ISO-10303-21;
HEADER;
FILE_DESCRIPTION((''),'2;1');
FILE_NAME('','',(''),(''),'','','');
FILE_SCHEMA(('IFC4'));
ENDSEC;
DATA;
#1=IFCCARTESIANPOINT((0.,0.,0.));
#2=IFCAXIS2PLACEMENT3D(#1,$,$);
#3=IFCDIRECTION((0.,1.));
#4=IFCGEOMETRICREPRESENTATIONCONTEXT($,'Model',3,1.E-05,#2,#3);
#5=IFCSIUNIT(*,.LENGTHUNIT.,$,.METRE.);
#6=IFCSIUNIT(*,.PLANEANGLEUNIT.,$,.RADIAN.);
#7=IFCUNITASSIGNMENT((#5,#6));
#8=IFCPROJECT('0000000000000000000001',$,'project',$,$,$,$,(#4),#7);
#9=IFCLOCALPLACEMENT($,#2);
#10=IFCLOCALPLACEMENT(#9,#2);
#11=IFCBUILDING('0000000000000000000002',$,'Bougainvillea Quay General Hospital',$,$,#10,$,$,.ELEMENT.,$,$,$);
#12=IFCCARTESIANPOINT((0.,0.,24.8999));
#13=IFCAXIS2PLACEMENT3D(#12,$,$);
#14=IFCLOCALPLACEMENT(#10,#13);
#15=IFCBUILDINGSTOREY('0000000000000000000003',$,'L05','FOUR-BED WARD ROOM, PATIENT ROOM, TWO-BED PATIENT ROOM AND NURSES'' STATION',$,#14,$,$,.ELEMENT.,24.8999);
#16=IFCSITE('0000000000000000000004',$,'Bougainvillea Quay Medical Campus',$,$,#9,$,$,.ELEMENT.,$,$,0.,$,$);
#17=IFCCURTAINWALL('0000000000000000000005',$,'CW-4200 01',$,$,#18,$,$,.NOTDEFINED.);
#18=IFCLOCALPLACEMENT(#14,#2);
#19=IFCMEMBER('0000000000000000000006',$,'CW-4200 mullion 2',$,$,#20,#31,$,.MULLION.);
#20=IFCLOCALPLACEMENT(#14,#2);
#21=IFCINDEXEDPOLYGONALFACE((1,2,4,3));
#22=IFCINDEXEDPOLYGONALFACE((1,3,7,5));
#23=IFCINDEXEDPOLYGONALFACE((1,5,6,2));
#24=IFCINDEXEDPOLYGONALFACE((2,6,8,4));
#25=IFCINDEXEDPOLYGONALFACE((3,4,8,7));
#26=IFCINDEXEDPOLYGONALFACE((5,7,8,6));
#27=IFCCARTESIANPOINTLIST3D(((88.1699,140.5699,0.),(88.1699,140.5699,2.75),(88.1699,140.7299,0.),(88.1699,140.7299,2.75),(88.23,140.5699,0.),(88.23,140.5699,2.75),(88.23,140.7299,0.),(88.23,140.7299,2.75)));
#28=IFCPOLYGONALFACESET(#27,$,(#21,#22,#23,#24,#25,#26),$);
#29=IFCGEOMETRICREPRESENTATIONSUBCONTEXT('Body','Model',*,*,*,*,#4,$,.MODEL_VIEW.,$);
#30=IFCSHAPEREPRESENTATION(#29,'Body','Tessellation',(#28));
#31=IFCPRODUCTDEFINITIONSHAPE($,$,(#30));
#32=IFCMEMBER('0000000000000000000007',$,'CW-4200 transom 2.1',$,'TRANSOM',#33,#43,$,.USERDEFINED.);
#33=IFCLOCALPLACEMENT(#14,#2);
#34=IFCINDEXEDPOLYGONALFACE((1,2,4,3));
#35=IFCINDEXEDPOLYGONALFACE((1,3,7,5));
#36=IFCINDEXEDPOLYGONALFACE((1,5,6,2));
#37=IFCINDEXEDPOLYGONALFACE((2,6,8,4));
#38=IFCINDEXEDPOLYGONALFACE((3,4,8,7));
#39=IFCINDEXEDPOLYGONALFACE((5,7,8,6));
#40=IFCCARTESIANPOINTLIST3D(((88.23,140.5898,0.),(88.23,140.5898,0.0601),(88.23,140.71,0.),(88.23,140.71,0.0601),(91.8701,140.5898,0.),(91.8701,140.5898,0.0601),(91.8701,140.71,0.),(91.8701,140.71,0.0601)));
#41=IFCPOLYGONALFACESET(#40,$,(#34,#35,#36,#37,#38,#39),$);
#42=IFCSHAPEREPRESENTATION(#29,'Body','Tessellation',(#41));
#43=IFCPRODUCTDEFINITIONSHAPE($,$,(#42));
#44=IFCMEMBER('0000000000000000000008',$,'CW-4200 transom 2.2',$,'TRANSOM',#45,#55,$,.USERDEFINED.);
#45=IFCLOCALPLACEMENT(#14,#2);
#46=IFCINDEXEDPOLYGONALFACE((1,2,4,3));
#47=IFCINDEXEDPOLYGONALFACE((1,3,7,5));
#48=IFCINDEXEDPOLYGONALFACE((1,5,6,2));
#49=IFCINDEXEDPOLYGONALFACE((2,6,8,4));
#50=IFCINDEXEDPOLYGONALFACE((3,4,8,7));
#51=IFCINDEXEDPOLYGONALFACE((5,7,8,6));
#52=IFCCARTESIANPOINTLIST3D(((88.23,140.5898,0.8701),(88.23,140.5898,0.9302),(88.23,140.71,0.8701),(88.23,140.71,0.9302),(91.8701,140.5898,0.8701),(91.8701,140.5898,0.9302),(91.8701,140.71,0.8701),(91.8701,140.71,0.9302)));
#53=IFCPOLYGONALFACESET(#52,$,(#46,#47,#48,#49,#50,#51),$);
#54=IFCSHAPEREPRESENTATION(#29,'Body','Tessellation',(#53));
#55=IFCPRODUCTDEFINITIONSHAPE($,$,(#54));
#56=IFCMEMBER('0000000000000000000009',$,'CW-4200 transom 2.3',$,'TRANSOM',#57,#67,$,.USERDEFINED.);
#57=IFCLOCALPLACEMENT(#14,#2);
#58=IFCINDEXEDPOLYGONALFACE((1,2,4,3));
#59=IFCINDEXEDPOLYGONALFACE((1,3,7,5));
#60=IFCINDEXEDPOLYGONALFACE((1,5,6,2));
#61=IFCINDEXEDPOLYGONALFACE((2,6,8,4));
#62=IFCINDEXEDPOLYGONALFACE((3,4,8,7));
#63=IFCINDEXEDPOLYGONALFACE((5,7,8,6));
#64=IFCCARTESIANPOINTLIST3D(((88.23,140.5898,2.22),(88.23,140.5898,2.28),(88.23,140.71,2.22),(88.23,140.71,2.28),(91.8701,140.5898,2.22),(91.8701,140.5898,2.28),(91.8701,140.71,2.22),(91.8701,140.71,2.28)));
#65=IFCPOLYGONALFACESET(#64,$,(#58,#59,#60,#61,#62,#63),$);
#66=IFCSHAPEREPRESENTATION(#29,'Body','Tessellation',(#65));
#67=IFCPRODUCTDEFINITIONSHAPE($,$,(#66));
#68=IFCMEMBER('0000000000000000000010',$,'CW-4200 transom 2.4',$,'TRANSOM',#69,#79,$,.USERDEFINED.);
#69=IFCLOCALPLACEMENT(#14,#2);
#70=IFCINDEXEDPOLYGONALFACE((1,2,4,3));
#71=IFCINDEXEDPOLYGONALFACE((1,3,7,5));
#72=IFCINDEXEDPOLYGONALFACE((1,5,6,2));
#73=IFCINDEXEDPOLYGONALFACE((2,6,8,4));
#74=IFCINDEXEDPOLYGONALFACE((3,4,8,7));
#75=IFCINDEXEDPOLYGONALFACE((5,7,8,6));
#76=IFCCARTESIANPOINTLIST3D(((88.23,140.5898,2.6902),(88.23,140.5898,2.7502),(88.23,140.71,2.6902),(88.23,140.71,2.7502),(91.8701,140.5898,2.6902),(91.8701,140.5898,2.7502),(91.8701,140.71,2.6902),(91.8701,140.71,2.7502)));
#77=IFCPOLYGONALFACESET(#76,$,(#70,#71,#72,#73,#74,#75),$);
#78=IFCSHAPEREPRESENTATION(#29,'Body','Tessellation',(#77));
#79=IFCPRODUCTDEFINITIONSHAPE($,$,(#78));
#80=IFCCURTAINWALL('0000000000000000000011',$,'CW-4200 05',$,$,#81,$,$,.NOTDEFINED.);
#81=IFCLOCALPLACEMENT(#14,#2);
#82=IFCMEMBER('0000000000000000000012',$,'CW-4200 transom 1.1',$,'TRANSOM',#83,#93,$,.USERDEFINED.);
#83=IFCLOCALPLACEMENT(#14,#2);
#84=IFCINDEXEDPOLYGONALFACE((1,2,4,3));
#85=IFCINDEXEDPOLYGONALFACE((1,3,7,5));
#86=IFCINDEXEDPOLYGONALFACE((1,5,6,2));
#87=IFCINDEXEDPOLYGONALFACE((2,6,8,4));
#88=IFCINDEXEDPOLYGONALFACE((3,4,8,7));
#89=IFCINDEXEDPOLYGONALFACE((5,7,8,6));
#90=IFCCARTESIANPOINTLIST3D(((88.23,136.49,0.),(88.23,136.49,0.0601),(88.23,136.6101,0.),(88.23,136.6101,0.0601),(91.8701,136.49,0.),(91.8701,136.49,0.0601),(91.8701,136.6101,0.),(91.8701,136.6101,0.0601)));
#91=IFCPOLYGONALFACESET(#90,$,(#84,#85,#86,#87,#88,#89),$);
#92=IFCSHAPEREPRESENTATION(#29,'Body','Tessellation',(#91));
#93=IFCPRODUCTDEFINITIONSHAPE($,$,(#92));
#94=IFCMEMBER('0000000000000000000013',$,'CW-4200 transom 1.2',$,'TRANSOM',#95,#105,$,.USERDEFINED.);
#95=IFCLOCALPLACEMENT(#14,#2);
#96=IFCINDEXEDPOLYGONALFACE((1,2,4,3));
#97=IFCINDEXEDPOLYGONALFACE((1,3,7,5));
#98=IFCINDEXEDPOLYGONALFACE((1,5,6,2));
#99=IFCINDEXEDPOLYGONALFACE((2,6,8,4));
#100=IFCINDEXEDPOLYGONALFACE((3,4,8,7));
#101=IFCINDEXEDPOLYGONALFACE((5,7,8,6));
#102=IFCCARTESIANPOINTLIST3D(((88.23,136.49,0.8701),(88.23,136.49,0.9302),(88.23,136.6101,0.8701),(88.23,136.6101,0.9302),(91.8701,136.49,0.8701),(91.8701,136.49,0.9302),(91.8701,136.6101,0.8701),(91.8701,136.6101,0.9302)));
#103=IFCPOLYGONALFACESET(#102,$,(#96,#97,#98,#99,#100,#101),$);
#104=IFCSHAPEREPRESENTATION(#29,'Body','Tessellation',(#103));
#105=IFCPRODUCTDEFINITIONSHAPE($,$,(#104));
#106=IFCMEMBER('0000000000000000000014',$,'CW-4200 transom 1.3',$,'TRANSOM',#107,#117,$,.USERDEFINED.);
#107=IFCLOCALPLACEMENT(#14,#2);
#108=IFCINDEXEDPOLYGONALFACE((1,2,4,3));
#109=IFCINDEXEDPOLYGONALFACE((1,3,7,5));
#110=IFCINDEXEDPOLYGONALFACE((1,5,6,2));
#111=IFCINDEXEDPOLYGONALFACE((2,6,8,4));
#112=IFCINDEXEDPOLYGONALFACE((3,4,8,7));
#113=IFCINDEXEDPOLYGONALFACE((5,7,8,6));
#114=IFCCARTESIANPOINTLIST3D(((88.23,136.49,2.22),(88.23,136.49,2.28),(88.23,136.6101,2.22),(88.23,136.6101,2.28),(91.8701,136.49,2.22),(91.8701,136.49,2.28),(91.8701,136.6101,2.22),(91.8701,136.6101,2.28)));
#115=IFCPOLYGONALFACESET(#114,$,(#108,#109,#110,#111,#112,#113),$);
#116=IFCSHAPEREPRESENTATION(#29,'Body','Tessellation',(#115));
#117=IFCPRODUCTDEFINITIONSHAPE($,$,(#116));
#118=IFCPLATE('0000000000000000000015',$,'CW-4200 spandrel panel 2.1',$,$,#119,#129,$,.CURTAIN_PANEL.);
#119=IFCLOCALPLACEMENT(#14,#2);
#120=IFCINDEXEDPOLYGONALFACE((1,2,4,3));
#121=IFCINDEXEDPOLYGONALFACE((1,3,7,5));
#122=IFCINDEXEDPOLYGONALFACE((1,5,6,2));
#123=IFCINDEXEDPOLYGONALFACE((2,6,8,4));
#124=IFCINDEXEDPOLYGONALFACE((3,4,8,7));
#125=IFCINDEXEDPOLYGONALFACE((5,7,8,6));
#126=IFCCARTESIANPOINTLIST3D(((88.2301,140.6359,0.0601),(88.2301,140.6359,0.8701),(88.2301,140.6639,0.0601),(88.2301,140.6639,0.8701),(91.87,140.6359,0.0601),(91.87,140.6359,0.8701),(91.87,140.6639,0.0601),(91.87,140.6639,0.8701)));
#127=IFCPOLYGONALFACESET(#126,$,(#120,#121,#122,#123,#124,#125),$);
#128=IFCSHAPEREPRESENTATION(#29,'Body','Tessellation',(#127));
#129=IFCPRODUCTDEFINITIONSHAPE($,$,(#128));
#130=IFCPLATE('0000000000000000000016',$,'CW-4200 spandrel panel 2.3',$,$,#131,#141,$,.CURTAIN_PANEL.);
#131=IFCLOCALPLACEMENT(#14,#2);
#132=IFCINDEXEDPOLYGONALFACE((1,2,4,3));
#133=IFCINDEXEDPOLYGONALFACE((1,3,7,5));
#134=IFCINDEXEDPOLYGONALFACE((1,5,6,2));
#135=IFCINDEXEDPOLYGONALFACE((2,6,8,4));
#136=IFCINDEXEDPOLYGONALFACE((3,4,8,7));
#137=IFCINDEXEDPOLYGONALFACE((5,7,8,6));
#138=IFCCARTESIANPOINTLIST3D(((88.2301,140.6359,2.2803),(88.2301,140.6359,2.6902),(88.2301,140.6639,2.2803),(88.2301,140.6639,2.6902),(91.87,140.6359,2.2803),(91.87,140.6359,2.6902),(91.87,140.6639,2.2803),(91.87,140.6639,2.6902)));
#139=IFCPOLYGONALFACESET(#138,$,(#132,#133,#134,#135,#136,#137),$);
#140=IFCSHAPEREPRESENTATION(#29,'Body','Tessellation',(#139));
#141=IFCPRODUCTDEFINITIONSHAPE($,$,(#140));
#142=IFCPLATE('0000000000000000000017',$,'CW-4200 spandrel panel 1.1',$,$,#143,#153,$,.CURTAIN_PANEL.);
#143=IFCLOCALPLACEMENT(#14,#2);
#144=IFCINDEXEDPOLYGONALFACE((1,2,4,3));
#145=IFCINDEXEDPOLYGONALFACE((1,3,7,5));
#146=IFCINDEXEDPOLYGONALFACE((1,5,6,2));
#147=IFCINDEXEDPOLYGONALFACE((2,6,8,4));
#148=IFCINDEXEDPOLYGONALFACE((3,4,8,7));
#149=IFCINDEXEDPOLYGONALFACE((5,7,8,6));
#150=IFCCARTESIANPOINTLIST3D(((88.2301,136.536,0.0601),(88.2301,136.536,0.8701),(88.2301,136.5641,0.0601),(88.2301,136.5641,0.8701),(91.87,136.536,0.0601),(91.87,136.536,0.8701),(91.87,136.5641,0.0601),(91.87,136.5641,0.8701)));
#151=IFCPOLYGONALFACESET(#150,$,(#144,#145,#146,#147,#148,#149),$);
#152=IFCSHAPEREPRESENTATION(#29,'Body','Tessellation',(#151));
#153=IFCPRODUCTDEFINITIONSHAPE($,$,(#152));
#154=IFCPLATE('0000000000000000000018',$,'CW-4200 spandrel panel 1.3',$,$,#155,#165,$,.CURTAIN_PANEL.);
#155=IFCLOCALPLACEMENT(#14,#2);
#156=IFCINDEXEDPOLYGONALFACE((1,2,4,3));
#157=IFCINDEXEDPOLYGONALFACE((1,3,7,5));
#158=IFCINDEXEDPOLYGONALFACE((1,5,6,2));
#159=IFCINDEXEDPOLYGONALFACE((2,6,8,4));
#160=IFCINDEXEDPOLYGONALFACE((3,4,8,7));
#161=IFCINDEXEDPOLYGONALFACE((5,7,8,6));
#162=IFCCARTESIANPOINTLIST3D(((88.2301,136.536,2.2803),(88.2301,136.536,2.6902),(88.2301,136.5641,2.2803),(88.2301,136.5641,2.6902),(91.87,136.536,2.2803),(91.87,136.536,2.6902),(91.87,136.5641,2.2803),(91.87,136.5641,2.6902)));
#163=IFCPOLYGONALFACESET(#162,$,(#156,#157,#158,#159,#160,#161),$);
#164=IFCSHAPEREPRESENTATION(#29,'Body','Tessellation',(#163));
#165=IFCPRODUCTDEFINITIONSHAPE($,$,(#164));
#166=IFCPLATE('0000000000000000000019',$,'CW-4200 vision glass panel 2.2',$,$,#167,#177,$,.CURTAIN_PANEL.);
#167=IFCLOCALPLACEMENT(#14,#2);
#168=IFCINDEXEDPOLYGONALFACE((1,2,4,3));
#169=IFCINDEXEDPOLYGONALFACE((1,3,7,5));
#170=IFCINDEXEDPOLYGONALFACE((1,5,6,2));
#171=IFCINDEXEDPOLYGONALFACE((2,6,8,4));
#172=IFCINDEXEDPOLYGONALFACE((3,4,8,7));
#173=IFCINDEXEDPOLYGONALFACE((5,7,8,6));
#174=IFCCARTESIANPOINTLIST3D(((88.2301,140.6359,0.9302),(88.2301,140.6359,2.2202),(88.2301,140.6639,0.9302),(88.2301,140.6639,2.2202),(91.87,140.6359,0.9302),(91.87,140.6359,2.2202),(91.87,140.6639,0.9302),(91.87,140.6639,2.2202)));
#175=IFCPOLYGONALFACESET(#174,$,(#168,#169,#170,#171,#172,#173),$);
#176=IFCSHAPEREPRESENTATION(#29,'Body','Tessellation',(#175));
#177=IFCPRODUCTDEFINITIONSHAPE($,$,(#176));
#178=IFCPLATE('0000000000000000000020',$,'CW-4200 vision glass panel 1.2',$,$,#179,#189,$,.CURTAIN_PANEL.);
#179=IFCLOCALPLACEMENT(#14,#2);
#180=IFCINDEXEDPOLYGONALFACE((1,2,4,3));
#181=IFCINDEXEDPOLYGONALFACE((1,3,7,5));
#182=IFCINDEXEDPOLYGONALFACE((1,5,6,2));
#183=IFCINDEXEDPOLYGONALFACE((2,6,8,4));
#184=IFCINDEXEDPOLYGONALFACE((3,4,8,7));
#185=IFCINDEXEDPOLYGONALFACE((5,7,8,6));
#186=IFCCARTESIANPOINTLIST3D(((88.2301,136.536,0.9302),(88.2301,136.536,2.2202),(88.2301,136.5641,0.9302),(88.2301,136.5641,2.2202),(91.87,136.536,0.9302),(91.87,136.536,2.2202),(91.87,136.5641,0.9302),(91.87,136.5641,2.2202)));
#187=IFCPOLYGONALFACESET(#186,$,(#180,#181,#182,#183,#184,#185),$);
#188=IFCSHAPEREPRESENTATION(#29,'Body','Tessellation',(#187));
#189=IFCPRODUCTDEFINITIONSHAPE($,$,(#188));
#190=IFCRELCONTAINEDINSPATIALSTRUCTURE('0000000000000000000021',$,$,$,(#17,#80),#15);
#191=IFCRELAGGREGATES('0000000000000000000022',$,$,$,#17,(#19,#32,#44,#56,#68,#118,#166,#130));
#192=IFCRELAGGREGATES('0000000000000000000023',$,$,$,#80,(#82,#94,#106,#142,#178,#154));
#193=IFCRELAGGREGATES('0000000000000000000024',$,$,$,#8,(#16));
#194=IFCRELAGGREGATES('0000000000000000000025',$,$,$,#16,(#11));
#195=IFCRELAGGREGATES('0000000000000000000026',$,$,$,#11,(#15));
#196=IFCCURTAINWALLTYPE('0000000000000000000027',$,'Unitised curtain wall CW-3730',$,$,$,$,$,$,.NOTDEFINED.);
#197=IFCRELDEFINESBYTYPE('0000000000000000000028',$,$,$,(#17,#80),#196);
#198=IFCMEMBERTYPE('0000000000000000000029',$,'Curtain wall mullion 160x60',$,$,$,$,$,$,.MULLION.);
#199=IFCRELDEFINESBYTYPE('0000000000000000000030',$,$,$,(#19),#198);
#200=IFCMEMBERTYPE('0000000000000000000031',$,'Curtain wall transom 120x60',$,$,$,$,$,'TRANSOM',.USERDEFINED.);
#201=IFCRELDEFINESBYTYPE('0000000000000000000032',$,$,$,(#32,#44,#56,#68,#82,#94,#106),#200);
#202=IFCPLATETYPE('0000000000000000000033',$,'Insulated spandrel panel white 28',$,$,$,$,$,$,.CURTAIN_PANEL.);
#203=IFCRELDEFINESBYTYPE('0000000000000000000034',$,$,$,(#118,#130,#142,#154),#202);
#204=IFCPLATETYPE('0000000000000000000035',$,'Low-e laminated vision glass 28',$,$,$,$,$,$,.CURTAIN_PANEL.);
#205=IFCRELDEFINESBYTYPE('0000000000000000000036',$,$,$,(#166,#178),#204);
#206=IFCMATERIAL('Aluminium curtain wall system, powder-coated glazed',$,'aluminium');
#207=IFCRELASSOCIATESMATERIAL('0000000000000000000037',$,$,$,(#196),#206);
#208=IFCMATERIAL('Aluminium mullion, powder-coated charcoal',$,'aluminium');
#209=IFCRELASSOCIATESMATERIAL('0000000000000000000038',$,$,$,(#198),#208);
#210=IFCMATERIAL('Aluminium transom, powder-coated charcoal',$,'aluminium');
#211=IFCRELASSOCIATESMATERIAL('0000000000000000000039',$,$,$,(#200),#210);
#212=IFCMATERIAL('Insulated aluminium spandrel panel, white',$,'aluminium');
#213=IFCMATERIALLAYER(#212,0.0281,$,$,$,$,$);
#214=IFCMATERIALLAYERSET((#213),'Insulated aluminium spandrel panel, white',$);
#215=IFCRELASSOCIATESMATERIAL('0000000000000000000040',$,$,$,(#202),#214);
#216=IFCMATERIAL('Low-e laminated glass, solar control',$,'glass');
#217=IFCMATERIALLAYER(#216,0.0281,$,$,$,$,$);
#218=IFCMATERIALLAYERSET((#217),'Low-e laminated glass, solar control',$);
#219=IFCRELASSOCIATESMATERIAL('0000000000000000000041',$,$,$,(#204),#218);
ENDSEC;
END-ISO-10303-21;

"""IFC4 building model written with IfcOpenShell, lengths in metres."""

from ifc_helpers import new_model, si_unit, direction, frame, origin, origin_2d, place, context, subcontext, project, spatial, rectangle, extrude, material, layer, layer_set, material_profile, profile_set, type_object, element, aggregate, save


model = new_model("IFC4")

# Units and contexts
model_context = context("Model", 3, precision=1e-05, world=origin(), true_north=direction((0.0, 1.0)))
body_context = subcontext(model_context, "Body", "Model", "MODEL_VIEW")
ifc_project = project(units=[si_unit("LENGTHUNIT", "METRE"), si_unit("PLANEANGLEUNIT", "RADIAN")], contexts=[model_context])

# Site, building, storey
site_placement = place(None, origin())
site = spatial("IfcSite", under=ifc_project, at=site_placement, Name="Bougainvillea Quay Medical Campus", CompositionType="ELEMENT", RefElevation=0.0)
building_placement = place(site_placement, origin())
building = spatial("IfcBuilding", under=site, at=building_placement, Name="Bougainvillea Quay General Hospital", CompositionType="ELEMENT")
storey_placement = place(building_placement, frame((0.0, 0.0, 24.8999)))
storey = spatial("IfcBuildingStorey", under=building, at=storey_placement, Name="L05", Description="FOUR-BED WARD ROOM, PATIENT ROOM, TWO-BED PATIENT ROOM AND NURSES' STATION", CompositionType="ELEMENT", Elevation=24.8999)

# Curtain walls, members
ifc_material_1 = material(Name="Aluminium curtain wall system, powder-coated glazed", Category="aluminium")
curtain_wall_type = type_object("IfcCurtainWallType", Name="Unitised curtain wall CW-3730", PredefinedType="NOTDEFINED", material=ifc_material_1)
curtain_wall_1_placement = place(storey_placement, origin())
curtain_wall_1 = element("IfcCurtainWall", 1, at=curtain_wall_1_placement, inside=storey, type_object=curtain_wall_type, Name="CW-4200 01", PredefinedType="NOTDEFINED")
ifc_material_2 = material(Name="Aluminium mullion, powder-coated charcoal", Category="aluminium")
ifc_material_profile_1 = material_profile(ifc_material_2, rectangle(XDim=0.1599, YDim=0.0601, at=origin_2d()))
ifc_profile_set_1 = profile_set([ifc_material_profile_1], Name="Aluminium mullion, powder-coated charcoal")
member_type_1 = type_object("IfcMemberType", Name="Curtain wall mullion 160x60", PredefinedType="MULLION", material=ifc_profile_set_1)
member_1_placement = place(storey_placement, frame((88.2, 140.6499, 0.0), z_axis=(0.0, 0.0, 1.0), x_axis=(0.0, 1.0, 0.0)))
member_1 = element("IfcMember", 2, at=member_1_placement, type_object=member_type_1, Name="CW-4200 mullion 2", PredefinedType="MULLION", context=body_context, shape_type="SweptSolid", body=[
    extrude(rectangle(XDim=0.1599, YDim=0.0601, at=origin_2d()), origin(), (0.0, 0.0, 1.0), 2.75),
])
ifc_material_3 = material(Name="Aluminium transom, powder-coated charcoal", Category="aluminium")
ifc_material_profile_2 = material_profile(ifc_material_3, rectangle(XDim=0.1201, YDim=0.0601, at=origin_2d()))
ifc_profile_set_2 = profile_set([ifc_material_profile_2], Name="Aluminium transom, powder-coated charcoal")
member_type_2 = type_object("IfcMemberType", Name="Curtain wall transom 120x60", ElementType="TRANSOM", PredefinedType="USERDEFINED", material=ifc_profile_set_2)
member_2_placement = place(storey_placement, frame((88.23, 140.6499, 0.03), z_axis=(1.0, 0.0, 0.0), x_axis=(0.0, 1.0, 0.0)))
member_2 = element("IfcMember", 3, at=member_2_placement, type_object=member_type_2, Name="CW-4200 transom 2.1", ObjectType="TRANSOM", PredefinedType="USERDEFINED", context=body_context, shape_type="SweptSolid", body=[
    extrude(rectangle(XDim=0.1201, YDim=0.0601, at=origin_2d()), origin(), (0.0, 0.0, 1.0), 3.6401),
])
member_3_placement = place(storey_placement, frame((88.23, 140.6499, 0.9001), z_axis=(1.0, 0.0, 0.0), x_axis=(0.0, 1.0, 0.0)))
member_3 = element("IfcMember", 4, at=member_3_placement, type_object=member_type_2, Name="CW-4200 transom 2.2", ObjectType="TRANSOM", PredefinedType="USERDEFINED", context=body_context, shape_type="SweptSolid", body=[
    extrude(rectangle(XDim=0.1201, YDim=0.0601, at=origin_2d()), origin(), (0.0, 0.0, 1.0), 3.6401),
])
member_4_placement = place(storey_placement, frame((88.23, 140.6499, 2.25), z_axis=(1.0, 0.0, 0.0), x_axis=(0.0, 1.0, 0.0)))
member_4 = element("IfcMember", 5, at=member_4_placement, type_object=member_type_2, Name="CW-4200 transom 2.3", ObjectType="TRANSOM", PredefinedType="USERDEFINED", context=body_context, shape_type="SweptSolid", body=[
    extrude(rectangle(XDim=0.1201, YDim=0.0601, at=origin_2d()), origin(), (0.0, 0.0, 1.0), 3.6401),
])
member_5_placement = place(storey_placement, frame((88.23, 140.6499, 2.7202), z_axis=(1.0, 0.0, 0.0), x_axis=(0.0, 1.0, 0.0)))
member_5 = element("IfcMember", 6, at=member_5_placement, type_object=member_type_2, Name="CW-4200 transom 2.4", ObjectType="TRANSOM", PredefinedType="USERDEFINED", context=body_context, shape_type="SweptSolid", body=[
    extrude(rectangle(XDim=0.1201, YDim=0.0601, at=origin_2d()), origin(), (0.0, 0.0, 1.0), 3.6401),
])
curtain_wall_2_placement = place(storey_placement, origin())
curtain_wall_2 = element("IfcCurtainWall", 7, at=curtain_wall_2_placement, inside=storey, type_object=curtain_wall_type, Name="CW-4200 05", PredefinedType="NOTDEFINED")
member_6_placement = place(storey_placement, frame((91.8701, 136.55, 0.03), z_axis=(-1.0, 0.0, 0.0), x_axis=(0.0, -1.0, 0.0)))
member_6 = element("IfcMember", 8, at=member_6_placement, type_object=member_type_2, Name="CW-4200 transom 1.1", ObjectType="TRANSOM", PredefinedType="USERDEFINED", context=body_context, shape_type="SweptSolid", body=[
    extrude(rectangle(XDim=0.1201, YDim=0.0601, at=origin_2d()), origin(), (0.0, 0.0, 1.0), 3.6401),
])
member_7_placement = place(storey_placement, frame((91.8701, 136.55, 0.9001), z_axis=(-1.0, 0.0, 0.0), x_axis=(0.0, -1.0, 0.0)))
member_7 = element("IfcMember", 9, at=member_7_placement, type_object=member_type_2, Name="CW-4200 transom 1.2", ObjectType="TRANSOM", PredefinedType="USERDEFINED", context=body_context, shape_type="SweptSolid", body=[
    extrude(rectangle(XDim=0.1201, YDim=0.0601, at=origin_2d()), origin(), (0.0, 0.0, 1.0), 3.6401),
])
member_8_placement = place(storey_placement, frame((91.8701, 136.55, 2.25), z_axis=(-1.0, 0.0, 0.0), x_axis=(0.0, -1.0, 0.0)))
member_8 = element("IfcMember", 10, at=member_8_placement, type_object=member_type_2, Name="CW-4200 transom 1.3", ObjectType="TRANSOM", PredefinedType="USERDEFINED", context=body_context, shape_type="SweptSolid", body=[
    extrude(rectangle(XDim=0.1201, YDim=0.0601, at=origin_2d()), origin(), (0.0, 0.0, 1.0), 3.6401),
])

# Plates
ifc_material_4 = material(Name="Insulated aluminium spandrel panel, white", Category="aluminium")
ifc_layer_1 = layer(ifc_material_4, 0.0281)
ifc_layer_set_1 = layer_set([ifc_layer_1], Name="Insulated aluminium spandrel panel, white")
plate_type_1 = type_object("IfcPlateType", Name="Insulated spandrel panel white 28", PredefinedType="CURTAIN_PANEL", material=ifc_layer_set_1)
plate_1_placement = place(storey_placement, frame((90.05, 140.6499, 0.0601), z_axis=(0.0, 0.0, 1.0), x_axis=(1.0, 0.0, 0.0)))
plate_1 = element("IfcPlate", 11, at=plate_1_placement, type_object=plate_type_1, Name="CW-4200 spandrel panel 2.1", PredefinedType="CURTAIN_PANEL", context=body_context, shape_type="SweptSolid", body=[
    extrude(rectangle(XDim=3.6399, YDim=0.0281, at=origin_2d()), origin(), (0.0, 0.0, 1.0), 0.8101),
])
plate_2_placement = place(storey_placement, frame((90.05, 140.6499, 2.2803), z_axis=(0.0, 0.0, 1.0), x_axis=(1.0, 0.0, 0.0)))
plate_2 = element("IfcPlate", 12, at=plate_2_placement, type_object=plate_type_1, Name="CW-4200 spandrel panel 2.3", PredefinedType="CURTAIN_PANEL", context=body_context, shape_type="SweptSolid", body=[
    extrude(rectangle(XDim=3.6399, YDim=0.0281, at=origin_2d()), origin(), (0.0, 0.0, 1.0), 0.4099),
])
plate_3_placement = place(storey_placement, frame((90.05, 136.55, 0.0601), z_axis=(0.0, 0.0, 1.0), x_axis=(-1.0, 0.0, 0.0)))
plate_3 = element("IfcPlate", 13, at=plate_3_placement, type_object=plate_type_1, Name="CW-4200 spandrel panel 1.1", PredefinedType="CURTAIN_PANEL", context=body_context, shape_type="SweptSolid", body=[
    extrude(rectangle(XDim=3.6399, YDim=0.0281, at=origin_2d()), origin(), (0.0, 0.0, 1.0), 0.8101),
])
plate_4_placement = place(storey_placement, frame((90.05, 136.55, 2.2803), z_axis=(0.0, 0.0, 1.0), x_axis=(-1.0, 0.0, 0.0)))
plate_4 = element("IfcPlate", 14, at=plate_4_placement, type_object=plate_type_1, Name="CW-4200 spandrel panel 1.3", PredefinedType="CURTAIN_PANEL", context=body_context, shape_type="SweptSolid", body=[
    extrude(rectangle(XDim=3.6399, YDim=0.0281, at=origin_2d()), origin(), (0.0, 0.0, 1.0), 0.4099),
])
ifc_material_5 = material(Name="Low-e laminated glass, solar control", Category="glass")
ifc_layer_2 = layer(ifc_material_5, 0.0281)
ifc_layer_set_2 = layer_set([ifc_layer_2], Name="Low-e laminated glass, solar control")
plate_type_2 = type_object("IfcPlateType", Name="Low-e laminated vision glass 28", PredefinedType="CURTAIN_PANEL", material=ifc_layer_set_2)
plate_5_placement = place(storey_placement, frame((90.05, 140.6499, 0.9302), z_axis=(0.0, 0.0, 1.0), x_axis=(1.0, 0.0, 0.0)))
plate_5 = element("IfcPlate", 15, at=plate_5_placement, type_object=plate_type_2, Name="CW-4200 vision glass panel 2.2", PredefinedType="CURTAIN_PANEL", context=body_context, shape_type="SweptSolid", body=[
    extrude(rectangle(XDim=3.6399, YDim=0.0281, at=origin_2d()), origin(), (0.0, 0.0, 1.0), 1.29),
])
aggregate(curtain_wall_1, [member_1, member_2, member_3, member_4, member_5, plate_1, plate_5, plate_2])
plate_6_placement = place(storey_placement, frame((90.05, 136.55, 0.9302), z_axis=(0.0, 0.0, 1.0), x_axis=(-1.0, 0.0, 0.0)))
plate_6 = element("IfcPlate", 16, at=plate_6_placement, type_object=plate_type_2, Name="CW-4200 vision glass panel 1.2", PredefinedType="CURTAIN_PANEL", context=body_context, shape_type="SweptSolid", body=[
    extrude(rectangle(XDim=3.6399, YDim=0.0281, at=origin_2d()), origin(), (0.0, 0.0, 1.0), 1.29),
])
aggregate(curtain_wall_2, [member_6, member_7, member_8, plate_3, plate_6, plate_4])

save(model, "model.ifc")
